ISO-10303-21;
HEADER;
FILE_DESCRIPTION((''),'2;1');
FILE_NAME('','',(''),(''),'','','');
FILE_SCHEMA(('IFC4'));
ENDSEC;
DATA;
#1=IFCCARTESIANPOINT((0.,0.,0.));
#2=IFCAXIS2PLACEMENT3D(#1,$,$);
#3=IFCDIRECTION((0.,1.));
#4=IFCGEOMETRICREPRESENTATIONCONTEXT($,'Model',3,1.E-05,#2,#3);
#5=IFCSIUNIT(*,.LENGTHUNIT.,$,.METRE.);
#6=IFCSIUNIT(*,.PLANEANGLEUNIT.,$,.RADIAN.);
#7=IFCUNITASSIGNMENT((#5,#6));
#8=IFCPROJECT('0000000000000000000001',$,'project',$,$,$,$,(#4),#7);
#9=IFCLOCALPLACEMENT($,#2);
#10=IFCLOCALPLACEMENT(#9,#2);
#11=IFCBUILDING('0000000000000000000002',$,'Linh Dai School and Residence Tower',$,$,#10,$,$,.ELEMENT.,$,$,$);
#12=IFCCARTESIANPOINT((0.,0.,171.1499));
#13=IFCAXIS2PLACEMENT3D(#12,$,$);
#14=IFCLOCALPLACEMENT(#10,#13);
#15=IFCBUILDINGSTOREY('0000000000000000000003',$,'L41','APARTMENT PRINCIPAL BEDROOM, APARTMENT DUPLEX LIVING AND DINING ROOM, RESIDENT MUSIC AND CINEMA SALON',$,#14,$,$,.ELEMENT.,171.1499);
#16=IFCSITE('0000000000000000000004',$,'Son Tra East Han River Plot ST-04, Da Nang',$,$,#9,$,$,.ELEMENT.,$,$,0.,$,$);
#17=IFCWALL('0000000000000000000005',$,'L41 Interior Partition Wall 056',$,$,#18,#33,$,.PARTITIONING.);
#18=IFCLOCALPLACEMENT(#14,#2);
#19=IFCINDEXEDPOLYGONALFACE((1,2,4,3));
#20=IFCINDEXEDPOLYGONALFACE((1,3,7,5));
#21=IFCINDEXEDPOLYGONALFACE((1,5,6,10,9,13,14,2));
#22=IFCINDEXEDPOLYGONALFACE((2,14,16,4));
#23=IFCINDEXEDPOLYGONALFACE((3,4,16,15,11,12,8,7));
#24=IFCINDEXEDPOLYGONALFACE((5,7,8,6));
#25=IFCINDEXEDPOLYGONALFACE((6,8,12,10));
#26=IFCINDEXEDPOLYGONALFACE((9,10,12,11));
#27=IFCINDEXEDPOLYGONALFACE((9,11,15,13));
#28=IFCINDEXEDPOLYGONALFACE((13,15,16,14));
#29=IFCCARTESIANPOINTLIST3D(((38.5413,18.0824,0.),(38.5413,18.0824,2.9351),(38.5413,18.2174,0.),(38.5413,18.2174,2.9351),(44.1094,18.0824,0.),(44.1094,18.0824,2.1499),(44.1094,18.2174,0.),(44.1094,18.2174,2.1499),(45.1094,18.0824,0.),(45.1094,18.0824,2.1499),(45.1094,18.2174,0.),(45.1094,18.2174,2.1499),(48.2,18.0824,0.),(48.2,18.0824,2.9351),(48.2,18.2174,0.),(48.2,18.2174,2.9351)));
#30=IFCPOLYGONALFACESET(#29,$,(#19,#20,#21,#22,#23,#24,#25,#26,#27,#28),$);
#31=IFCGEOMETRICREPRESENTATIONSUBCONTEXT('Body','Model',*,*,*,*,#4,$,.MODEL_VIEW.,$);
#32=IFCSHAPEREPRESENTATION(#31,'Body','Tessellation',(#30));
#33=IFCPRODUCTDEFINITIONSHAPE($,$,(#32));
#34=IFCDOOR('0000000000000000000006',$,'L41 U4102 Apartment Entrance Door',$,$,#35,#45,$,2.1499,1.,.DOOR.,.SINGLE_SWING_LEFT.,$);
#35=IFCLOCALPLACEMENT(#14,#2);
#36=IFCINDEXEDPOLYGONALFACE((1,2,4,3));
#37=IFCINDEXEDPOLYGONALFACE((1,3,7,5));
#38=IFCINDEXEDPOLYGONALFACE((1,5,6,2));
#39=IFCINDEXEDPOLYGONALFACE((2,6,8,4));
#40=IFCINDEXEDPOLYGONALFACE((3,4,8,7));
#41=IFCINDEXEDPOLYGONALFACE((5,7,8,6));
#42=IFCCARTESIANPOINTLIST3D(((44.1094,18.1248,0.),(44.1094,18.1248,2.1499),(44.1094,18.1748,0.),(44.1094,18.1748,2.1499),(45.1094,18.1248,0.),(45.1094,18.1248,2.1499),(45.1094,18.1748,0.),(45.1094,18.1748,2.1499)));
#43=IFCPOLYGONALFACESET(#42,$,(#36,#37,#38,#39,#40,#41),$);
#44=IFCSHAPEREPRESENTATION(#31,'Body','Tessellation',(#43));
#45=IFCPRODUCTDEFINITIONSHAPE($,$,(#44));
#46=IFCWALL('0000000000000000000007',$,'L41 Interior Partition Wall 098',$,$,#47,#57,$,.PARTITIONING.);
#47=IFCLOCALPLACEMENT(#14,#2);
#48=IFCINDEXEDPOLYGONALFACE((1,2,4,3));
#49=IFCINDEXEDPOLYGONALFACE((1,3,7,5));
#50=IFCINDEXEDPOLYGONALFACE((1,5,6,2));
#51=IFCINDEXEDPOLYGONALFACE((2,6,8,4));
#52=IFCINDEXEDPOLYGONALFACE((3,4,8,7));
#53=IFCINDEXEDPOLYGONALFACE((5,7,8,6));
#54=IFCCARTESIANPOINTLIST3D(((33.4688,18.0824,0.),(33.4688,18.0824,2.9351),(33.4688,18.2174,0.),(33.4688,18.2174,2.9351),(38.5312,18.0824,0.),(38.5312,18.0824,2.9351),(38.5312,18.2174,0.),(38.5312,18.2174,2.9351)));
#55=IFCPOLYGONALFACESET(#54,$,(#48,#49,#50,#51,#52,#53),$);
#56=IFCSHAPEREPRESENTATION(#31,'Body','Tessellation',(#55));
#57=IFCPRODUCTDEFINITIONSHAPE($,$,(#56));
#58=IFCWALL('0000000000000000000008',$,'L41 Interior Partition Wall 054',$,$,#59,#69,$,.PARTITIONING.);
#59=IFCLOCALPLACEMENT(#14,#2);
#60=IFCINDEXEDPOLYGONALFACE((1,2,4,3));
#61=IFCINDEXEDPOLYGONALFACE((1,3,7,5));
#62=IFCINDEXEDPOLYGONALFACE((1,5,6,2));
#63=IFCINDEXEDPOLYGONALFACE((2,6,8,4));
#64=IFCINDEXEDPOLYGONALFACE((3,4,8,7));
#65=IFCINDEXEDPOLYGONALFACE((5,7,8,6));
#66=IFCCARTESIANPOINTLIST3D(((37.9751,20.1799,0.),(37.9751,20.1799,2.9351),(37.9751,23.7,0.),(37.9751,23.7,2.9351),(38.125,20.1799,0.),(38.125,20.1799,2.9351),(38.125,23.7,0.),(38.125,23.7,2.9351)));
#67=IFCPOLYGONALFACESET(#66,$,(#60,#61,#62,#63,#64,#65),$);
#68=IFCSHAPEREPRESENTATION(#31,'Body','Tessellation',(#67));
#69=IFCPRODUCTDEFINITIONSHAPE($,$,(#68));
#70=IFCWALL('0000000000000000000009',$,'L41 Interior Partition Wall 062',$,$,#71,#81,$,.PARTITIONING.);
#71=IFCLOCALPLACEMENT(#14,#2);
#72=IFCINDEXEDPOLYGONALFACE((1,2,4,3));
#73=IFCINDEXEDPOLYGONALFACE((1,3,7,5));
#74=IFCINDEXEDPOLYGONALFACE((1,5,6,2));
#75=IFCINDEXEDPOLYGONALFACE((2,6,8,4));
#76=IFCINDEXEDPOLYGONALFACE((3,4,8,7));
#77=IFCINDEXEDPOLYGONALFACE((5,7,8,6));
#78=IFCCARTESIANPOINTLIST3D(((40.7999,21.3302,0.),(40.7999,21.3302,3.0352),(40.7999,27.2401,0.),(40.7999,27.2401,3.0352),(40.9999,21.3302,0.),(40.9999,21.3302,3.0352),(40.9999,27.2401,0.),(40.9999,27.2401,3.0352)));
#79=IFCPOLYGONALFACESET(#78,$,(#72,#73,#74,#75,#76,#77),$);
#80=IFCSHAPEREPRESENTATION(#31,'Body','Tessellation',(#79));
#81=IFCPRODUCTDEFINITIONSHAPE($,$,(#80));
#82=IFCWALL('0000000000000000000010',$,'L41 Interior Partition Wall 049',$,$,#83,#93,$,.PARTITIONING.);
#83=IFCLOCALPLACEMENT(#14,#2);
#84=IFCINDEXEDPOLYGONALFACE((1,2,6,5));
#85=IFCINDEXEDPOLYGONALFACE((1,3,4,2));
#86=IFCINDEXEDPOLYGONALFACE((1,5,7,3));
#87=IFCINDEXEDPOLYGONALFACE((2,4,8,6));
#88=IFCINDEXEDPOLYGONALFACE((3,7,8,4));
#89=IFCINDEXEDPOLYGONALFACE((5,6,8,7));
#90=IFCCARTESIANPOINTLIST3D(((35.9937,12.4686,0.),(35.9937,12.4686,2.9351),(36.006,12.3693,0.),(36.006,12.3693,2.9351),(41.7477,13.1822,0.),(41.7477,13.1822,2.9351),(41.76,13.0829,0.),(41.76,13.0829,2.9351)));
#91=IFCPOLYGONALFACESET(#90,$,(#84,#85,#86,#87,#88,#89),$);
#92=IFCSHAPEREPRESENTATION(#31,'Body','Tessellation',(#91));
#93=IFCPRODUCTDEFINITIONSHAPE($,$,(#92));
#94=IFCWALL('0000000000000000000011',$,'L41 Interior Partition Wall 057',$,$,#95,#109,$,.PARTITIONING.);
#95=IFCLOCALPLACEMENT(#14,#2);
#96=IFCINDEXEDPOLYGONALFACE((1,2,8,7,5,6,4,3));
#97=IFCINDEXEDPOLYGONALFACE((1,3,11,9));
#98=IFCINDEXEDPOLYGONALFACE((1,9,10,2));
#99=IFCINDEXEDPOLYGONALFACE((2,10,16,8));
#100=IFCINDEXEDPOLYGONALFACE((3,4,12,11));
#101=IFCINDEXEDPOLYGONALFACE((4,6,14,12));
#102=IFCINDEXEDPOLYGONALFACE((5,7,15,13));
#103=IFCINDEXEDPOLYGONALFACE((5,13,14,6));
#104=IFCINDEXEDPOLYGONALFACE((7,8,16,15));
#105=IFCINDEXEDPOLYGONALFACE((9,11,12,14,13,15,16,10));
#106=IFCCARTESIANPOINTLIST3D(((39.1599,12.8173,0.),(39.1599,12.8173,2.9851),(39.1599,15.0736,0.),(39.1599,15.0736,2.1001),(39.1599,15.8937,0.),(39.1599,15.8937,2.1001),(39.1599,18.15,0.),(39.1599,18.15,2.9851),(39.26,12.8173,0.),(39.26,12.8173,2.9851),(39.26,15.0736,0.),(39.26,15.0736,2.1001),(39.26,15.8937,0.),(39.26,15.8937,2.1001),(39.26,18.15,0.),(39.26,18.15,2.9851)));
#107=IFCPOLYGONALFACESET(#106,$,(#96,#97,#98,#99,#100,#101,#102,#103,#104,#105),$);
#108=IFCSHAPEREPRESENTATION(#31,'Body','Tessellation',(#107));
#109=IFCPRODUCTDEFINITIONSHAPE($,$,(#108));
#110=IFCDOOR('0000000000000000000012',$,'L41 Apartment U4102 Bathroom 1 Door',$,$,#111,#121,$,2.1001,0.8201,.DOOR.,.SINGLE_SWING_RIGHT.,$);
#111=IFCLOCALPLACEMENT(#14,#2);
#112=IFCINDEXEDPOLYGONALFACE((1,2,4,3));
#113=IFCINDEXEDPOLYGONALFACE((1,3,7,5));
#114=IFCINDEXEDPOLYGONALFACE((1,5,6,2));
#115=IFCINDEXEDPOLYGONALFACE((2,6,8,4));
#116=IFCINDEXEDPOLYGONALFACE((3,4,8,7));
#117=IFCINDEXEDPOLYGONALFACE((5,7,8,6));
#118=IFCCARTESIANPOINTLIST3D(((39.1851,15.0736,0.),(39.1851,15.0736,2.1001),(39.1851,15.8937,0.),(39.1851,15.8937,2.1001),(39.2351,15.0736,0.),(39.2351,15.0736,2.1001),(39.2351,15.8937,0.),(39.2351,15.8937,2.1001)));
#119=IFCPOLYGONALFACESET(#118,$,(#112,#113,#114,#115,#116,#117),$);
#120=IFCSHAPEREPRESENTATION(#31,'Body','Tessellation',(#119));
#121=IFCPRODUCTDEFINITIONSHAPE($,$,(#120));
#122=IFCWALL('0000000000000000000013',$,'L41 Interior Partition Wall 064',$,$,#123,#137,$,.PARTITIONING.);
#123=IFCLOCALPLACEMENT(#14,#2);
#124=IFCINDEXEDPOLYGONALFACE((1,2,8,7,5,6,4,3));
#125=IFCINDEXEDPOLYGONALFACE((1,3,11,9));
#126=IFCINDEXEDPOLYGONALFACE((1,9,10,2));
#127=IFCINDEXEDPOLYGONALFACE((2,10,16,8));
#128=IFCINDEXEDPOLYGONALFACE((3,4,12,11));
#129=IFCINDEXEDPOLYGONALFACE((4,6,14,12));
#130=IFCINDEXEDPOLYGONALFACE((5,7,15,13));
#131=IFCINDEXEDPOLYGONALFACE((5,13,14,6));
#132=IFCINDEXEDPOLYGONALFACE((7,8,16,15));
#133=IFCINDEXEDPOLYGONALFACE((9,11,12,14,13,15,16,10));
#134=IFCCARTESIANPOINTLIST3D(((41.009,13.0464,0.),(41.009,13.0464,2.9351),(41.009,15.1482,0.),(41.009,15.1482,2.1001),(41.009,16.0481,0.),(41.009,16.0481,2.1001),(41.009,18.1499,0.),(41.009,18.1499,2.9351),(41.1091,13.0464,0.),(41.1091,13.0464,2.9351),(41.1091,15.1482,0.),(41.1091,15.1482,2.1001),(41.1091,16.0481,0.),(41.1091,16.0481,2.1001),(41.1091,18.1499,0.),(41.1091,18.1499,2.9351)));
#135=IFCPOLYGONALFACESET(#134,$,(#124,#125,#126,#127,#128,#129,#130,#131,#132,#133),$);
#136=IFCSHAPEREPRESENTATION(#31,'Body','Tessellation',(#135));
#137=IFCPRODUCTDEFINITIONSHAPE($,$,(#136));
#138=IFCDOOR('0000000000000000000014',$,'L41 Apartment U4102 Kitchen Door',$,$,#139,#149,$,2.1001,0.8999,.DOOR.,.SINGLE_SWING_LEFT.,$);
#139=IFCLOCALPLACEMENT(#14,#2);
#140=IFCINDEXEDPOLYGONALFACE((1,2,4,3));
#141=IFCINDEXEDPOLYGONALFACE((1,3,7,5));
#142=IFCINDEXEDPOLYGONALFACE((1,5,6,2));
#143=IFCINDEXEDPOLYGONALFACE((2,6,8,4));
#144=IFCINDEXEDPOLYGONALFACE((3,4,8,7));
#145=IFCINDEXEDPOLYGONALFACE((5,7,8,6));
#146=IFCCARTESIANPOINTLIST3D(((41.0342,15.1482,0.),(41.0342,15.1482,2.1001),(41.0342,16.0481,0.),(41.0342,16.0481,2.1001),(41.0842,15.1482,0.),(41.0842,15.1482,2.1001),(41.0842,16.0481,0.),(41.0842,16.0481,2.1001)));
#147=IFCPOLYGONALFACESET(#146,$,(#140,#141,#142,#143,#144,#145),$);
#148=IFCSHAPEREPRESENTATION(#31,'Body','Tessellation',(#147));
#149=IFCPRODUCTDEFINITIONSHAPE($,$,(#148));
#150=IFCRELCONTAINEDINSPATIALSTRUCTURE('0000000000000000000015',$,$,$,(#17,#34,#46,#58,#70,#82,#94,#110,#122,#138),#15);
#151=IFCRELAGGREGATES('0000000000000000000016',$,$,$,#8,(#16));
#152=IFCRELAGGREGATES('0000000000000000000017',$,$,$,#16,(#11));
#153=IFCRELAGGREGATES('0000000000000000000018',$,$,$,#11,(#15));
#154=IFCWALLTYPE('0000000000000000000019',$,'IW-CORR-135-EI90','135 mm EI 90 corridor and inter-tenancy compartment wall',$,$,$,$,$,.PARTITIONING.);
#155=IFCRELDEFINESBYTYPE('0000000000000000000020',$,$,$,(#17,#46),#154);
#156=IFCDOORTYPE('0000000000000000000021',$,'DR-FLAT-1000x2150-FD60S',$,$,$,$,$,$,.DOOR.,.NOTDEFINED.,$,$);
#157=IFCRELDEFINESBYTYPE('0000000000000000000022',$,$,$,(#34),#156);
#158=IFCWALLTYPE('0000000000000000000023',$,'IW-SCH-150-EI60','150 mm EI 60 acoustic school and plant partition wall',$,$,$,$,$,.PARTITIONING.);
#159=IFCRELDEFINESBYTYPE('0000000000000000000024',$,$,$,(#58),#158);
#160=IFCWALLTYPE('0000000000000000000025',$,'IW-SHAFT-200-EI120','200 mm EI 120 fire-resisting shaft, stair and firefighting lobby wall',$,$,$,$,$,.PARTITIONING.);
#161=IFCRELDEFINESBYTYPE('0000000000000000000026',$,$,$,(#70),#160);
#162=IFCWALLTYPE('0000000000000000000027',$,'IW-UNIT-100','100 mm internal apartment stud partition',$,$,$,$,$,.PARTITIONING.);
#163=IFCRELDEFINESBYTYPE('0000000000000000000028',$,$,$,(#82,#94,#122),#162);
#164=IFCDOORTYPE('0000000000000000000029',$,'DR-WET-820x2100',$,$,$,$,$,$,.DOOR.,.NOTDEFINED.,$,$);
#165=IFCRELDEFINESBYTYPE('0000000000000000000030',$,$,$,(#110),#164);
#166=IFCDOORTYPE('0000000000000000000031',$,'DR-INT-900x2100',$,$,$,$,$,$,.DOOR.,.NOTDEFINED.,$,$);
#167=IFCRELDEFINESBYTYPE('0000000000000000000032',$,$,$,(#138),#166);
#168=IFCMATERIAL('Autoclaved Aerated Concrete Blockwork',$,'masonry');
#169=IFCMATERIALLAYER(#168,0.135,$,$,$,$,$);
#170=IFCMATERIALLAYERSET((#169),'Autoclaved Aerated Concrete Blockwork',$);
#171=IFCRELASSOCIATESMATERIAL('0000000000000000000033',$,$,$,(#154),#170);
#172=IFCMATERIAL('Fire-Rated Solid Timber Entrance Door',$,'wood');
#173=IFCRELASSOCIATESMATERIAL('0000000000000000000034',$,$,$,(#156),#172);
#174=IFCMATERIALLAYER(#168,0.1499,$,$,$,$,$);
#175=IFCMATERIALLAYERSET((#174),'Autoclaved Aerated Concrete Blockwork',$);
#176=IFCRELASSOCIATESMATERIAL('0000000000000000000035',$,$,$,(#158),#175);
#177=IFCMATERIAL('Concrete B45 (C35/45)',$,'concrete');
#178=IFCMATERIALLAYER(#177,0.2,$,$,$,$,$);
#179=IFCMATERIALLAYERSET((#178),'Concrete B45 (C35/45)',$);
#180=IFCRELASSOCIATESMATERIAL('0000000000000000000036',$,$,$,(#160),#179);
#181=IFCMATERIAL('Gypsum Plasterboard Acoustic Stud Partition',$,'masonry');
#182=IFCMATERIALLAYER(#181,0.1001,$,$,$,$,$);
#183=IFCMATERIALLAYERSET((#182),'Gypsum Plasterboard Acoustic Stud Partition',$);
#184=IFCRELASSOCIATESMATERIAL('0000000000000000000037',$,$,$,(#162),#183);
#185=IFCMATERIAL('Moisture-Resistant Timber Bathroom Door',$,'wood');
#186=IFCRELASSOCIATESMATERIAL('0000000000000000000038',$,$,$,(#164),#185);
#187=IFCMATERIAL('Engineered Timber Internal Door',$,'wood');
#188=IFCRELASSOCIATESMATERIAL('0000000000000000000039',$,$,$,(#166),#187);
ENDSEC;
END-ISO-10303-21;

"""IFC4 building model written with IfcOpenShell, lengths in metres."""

from ifc_helpers import new_model, si_unit, direction, frame, frame_2d, origin, origin_2d, place, context, subcontext, project, spatial, rectangle, extrude, source, transform, mapped, material, layer, layer_set, type_object, element, fill, save


model = new_model("IFC4")

# Units and contexts
model_context = context("Model", 3, precision=1e-05, world=origin(), true_north=direction((0.0, 1.0)))
body_context = subcontext(model_context, "Body", "Model", "MODEL_VIEW")
ifc_project = project(units=[si_unit("LENGTHUNIT", "METRE"), si_unit("PLANEANGLEUNIT", "RADIAN")], contexts=[model_context])

# Site, building, storey
site_placement = place(None, origin())
site = spatial("IfcSite", under=ifc_project, at=site_placement, Name="Son Tra East Han River Plot ST-04, Da Nang", CompositionType="ELEMENT", RefElevation=0.0)
building_placement = place(site_placement, origin())
building = spatial("IfcBuilding", under=site, at=building_placement, Name="Linh Dai School and Residence Tower", CompositionType="ELEMENT")
storey_placement = place(building_placement, frame((0.0, 0.0, 171.1499)))
storey = spatial("IfcBuildingStorey", under=building, at=storey_placement, Name="L41", Description="APARTMENT PRINCIPAL BEDROOM, APARTMENT DUPLEX LIVING AND DINING ROOM, RESIDENT MUSIC AND CINEMA SALON", CompositionType="ELEMENT", Elevation=171.1499)

# Shared definitions
ifc_material_1 = material(Name="Autoclaved Aerated Concrete Blockwork", Category="masonry")
ifc_layer_1 = layer(ifc_material_1, 0.135)
ifc_layer_set_1 = layer_set([ifc_layer_1], Name="Autoclaved Aerated Concrete Blockwork")
wall_type_1 = type_object("IfcWallType", Name="IW-CORR-135-EI90", Description="135 mm EI 90 corridor and inter-tenancy compartment wall", PredefinedType="PARTITIONING", material=ifc_layer_set_1)

# Wall, opening, door
wall_1_placement = place(storey_placement, frame((38.5413, 18.1499, 0.0), z_axis=(0.0, 0.0, 1.0), x_axis=(1.0, 0.0, 0.0)))
wall_1 = element("IfcWall", 1, at=wall_1_placement, inside=storey, type_object=wall_type_1, Name="L41 Interior Partition Wall 056", PredefinedType="PARTITIONING", context=body_context, shape_type="SweptSolid", body=[
    extrude(rectangle(XDim=9.6587, YDim=0.135, at=frame_2d((4.8293, 0.0))), origin(), (0.0, 0.0, 1.0), 2.9351),
])
opening_1_placement = place(wall_1_placement, frame((5.5681, 0.0, 0.0)))
opening_1 = element("IfcOpeningElement", 2, at=opening_1_placement, cuts=wall_1, PredefinedType="OPENING", context=body_context, shape_type="SweptSolid", body=[
    extrude(rectangle(XDim=1.0, YDim=2.1499, at=origin_2d()), frame((0.5, 0.0776, 1.075), z_axis=(0.0, -1.0, 0.0), x_axis=(1.0, 0.0, 0.0)), (0.0, 0.0, 1.0), 0.155),
])
ifc_material_2 = material(Name="Fire-Rated Solid Timber Entrance Door", Category="wood")
door_type_1 = type_object("IfcDoorType", Name="DR-FLAT-1000x2150-FD60S", OperationType="NOTDEFINED", PredefinedType="DOOR", material=ifc_material_2)
shared_shape_1 = source(origin(), body_context, "Body", "SweptSolid", [
    extrude(rectangle(XDim=1.0, YDim=2.1499, at=origin_2d()), frame((0.5, 0.0249, 1.075), z_axis=(0.0, -1.0, 0.0), x_axis=(1.0, 0.0, 0.0)), (0.0, 0.0, 1.0), 0.05),
])
door_1_placement = place(opening_1_placement, origin())
door_1 = element("IfcDoor", 3, at=door_1_placement, inside=storey, type_object=door_type_1, Name="L41 U4102 Apartment Entrance Door", OperationType="SINGLE_SWING_LEFT", OverallHeight=2.1499, OverallWidth=1.0, PredefinedType="DOOR", context=body_context, shape_type="MappedRepresentation", body=[
    mapped(shared_shape_1, transform((0.0, 0.0, 0.0), x_axis=(1.0, 0.0, 0.0), y_axis=(0.0, 1.0, 0.0), z_axis=(0.0, 0.0, 1.0), scale=1.0)),
])
fill(opening_1, door_1)

# Walls
wall_2_placement = place(storey_placement, frame((38.5312, 18.1499, 0.0), z_axis=(0.0, 0.0, 1.0), x_axis=(-1.0, 0.0, 0.0)))
element("IfcWall", 4, at=wall_2_placement, inside=storey, type_object=wall_type_1, Name="L41 Interior Partition Wall 098", PredefinedType="PARTITIONING", context=body_context, shape_type="SweptSolid", body=[
    extrude(rectangle(XDim=5.0625, YDim=0.135, at=frame_2d((2.5312, 0.0))), origin(), (0.0, 0.0, 1.0), 2.9351),
])
ifc_layer_2 = layer(ifc_material_1, 0.1499)
ifc_layer_set_2 = layer_set([ifc_layer_2], Name="Autoclaved Aerated Concrete Blockwork")
wall_type_2 = type_object("IfcWallType", Name="IW-SCH-150-EI60", Description="150 mm EI 60 acoustic school and plant partition wall", PredefinedType="PARTITIONING", material=ifc_layer_set_2)
wall_3_placement = place(storey_placement, frame((38.05, 20.1799, 0.0), z_axis=(0.0, 0.0, 1.0), x_axis=(0.0, 1.0, 0.0)))
element("IfcWall", 5, at=wall_3_placement, inside=storey, type_object=wall_type_2, Name="L41 Interior Partition Wall 054", PredefinedType="PARTITIONING", context=body_context, shape_type="SweptSolid", body=[
    extrude(rectangle(XDim=3.52, YDim=0.1499, at=frame_2d((1.76, 0.0))), origin(), (0.0, 0.0, 1.0), 2.9351),
])
ifc_material_3 = material(Name="Concrete B45 (C35/45)", Category="concrete")
ifc_layer_3 = layer(ifc_material_3, 0.2)
ifc_layer_set_3 = layer_set([ifc_layer_3], Name="Concrete B45 (C35/45)")
wall_type_3 = type_object("IfcWallType", Name="IW-SHAFT-200-EI120", Description="200 mm EI 120 fire-resisting shaft, stair and firefighting lobby wall", PredefinedType="PARTITIONING", material=ifc_layer_set_3)
wall_4_placement = place(storey_placement, frame((40.8999, 21.3301, 0.0), z_axis=(0.0, 0.0, 1.0), x_axis=(0.0, 1.0, 0.0)))
element("IfcWall", 6, at=wall_4_placement, inside=storey, type_object=wall_type_3, Name="L41 Interior Partition Wall 062", PredefinedType="PARTITIONING", context=body_context, shape_type="SweptSolid", body=[
    extrude(rectangle(XDim=5.9099, YDim=0.2, at=frame_2d((2.9551, 0.0))), origin(), (0.0, 0.0, 1.0), 3.0352),
])
ifc_material_4 = material(Name="Gypsum Plasterboard Acoustic Stud Partition", Category="masonry")
ifc_layer_4 = layer(ifc_material_4, 0.1001)
ifc_layer_set_4 = layer_set([ifc_layer_4], Name="Gypsum Plasterboard Acoustic Stud Partition")
wall_type_4 = type_object("IfcWallType", Name="IW-UNIT-100", Description="100 mm internal apartment stud partition", PredefinedType="PARTITIONING", material=ifc_layer_set_4)
wall_5_placement = place(storey_placement, frame((36.0, 12.4189, 0.0), z_axis=(0.0, 0.0, 1.0), x_axis=(0.992397, 0.123081, 0.0)))
element("IfcWall", 7, at=wall_5_placement, inside=storey, type_object=wall_type_4, Name="L41 Interior Partition Wall 049", PredefinedType="PARTITIONING", context=body_context, shape_type="SweptSolid", body=[
    extrude(rectangle(XDim=5.7981, YDim=0.1001, at=frame_2d((2.8989, 0.0))), origin(), (0.0, 0.0, 1.0), 2.9351),
])

# Walls, openings, doors
wall_6_placement = place(storey_placement, frame((39.21, 12.8171, 0.0), z_axis=(0.0, 0.0, 1.0), x_axis=(0.0, 1.0, 0.0)))
wall_6 = element("IfcWall", 8, at=wall_6_placement, inside=storey, type_object=wall_type_4, Name="L41 Interior Partition Wall 057", PredefinedType="PARTITIONING", context=body_context, shape_type="SweptSolid", body=[
    extrude(rectangle(XDim=5.3328, YDim=0.1001, at=frame_2d((2.6665, 0.0))), origin(), (0.0, 0.0, 1.0), 2.9851),
])
opening_2_placement = place(wall_6_placement, frame((2.2563, 0.0, 0.0)))
opening_2 = element("IfcOpeningElement", 9, at=opening_2_placement, cuts=wall_6, PredefinedType="OPENING", context=body_context, shape_type="SweptSolid", body=[
    extrude(rectangle(XDim=0.8201, YDim=2.1001, at=origin_2d()), frame((0.4102, 0.0601, 1.05), z_axis=(0.0, -1.0, 0.0), x_axis=(1.0, 0.0, 0.0)), (0.0, 0.0, 1.0), 0.1201),
])
ifc_material_5 = material(Name="Moisture-Resistant Timber Bathroom Door", Category="wood")
door_type_2 = type_object("IfcDoorType", Name="DR-WET-820x2100", OperationType="NOTDEFINED", PredefinedType="DOOR", material=ifc_material_5)
shared_shape_2 = source(origin(), body_context, "Body", "SweptSolid", [
    extrude(rectangle(XDim=0.8201, YDim=2.1001, at=origin_2d()), frame((0.4102, 0.0249, 1.05), z_axis=(0.0, -1.0, 0.0), x_axis=(1.0, 0.0, 0.0)), (0.0, 0.0, 1.0), 0.05),
])
door_2_placement = place(opening_2_placement, origin())
door_2 = element("IfcDoor", 10, at=door_2_placement, inside=storey, type_object=door_type_2, Name="L41 Apartment U4102 Bathroom 1 Door", OperationType="SINGLE_SWING_RIGHT", OverallHeight=2.1001, OverallWidth=0.8201, PredefinedType="DOOR", context=body_context, shape_type="MappedRepresentation", body=[
    mapped(shared_shape_2, transform((0.0, 0.0, 0.0), x_axis=(1.0, 0.0, 0.0), y_axis=(0.0, 1.0, 0.0), z_axis=(0.0, 0.0, 1.0), scale=1.0)),
])
fill(opening_2, door_2)
wall_7_placement = place(storey_placement, frame((41.0591, 13.0464, 0.0), z_axis=(0.0, 0.0, 1.0), x_axis=(0.0, 1.0, 0.0)))
wall_7 = element("IfcWall", 11, at=wall_7_placement, inside=storey, type_object=wall_type_4, Name="L41 Interior Partition Wall 064", PredefinedType="PARTITIONING", context=body_context, shape_type="SweptSolid", body=[
    extrude(rectangle(XDim=5.1035, YDim=0.1001, at=frame_2d((2.5518, 0.0))), origin(), (0.0, 0.0, 1.0), 2.9351),
])
opening_3_placement = place(wall_7_placement, frame((2.1018, 0.0, 0.0)))
opening_3 = element("IfcOpeningElement", 12, at=opening_3_placement, cuts=wall_7, PredefinedType="OPENING", context=body_context, shape_type="SweptSolid", body=[
    extrude(rectangle(XDim=0.8999, YDim=2.1001, at=origin_2d()), frame((0.45, 0.0601, 1.05), z_axis=(0.0, -1.0, 0.0), x_axis=(1.0, 0.0, 0.0)), (0.0, 0.0, 1.0), 0.1201),
])
ifc_material_6 = material(Name="Engineered Timber Internal Door", Category="wood")
door_type_3 = type_object("IfcDoorType", Name="DR-INT-900x2100", OperationType="NOTDEFINED", PredefinedType="DOOR", material=ifc_material_6)
shared_shape_3 = source(origin(), body_context, "Body", "SweptSolid", [
    extrude(rectangle(XDim=0.8999, YDim=2.1001, at=origin_2d()), frame((0.45, 0.0249, 1.05), z_axis=(0.0, -1.0, 0.0), x_axis=(1.0, 0.0, 0.0)), (0.0, 0.0, 1.0), 0.05),
])
door_3_placement = place(opening_3_placement, origin())
door_3 = element("IfcDoor", 13, at=door_3_placement, inside=storey, type_object=door_type_3, Name="L41 Apartment U4102 Kitchen Door", OperationType="SINGLE_SWING_LEFT", OverallHeight=2.1001, OverallWidth=0.8999, PredefinedType="DOOR", context=body_context, shape_type="MappedRepresentation", body=[
    mapped(shared_shape_3, transform((0.0, 0.0, 0.0), x_axis=(1.0, 0.0, 0.0), y_axis=(0.0, 1.0, 0.0), z_axis=(0.0, 0.0, 1.0), scale=1.0)),
])
fill(opening_3, door_3)

save(model, "model.ifc")
